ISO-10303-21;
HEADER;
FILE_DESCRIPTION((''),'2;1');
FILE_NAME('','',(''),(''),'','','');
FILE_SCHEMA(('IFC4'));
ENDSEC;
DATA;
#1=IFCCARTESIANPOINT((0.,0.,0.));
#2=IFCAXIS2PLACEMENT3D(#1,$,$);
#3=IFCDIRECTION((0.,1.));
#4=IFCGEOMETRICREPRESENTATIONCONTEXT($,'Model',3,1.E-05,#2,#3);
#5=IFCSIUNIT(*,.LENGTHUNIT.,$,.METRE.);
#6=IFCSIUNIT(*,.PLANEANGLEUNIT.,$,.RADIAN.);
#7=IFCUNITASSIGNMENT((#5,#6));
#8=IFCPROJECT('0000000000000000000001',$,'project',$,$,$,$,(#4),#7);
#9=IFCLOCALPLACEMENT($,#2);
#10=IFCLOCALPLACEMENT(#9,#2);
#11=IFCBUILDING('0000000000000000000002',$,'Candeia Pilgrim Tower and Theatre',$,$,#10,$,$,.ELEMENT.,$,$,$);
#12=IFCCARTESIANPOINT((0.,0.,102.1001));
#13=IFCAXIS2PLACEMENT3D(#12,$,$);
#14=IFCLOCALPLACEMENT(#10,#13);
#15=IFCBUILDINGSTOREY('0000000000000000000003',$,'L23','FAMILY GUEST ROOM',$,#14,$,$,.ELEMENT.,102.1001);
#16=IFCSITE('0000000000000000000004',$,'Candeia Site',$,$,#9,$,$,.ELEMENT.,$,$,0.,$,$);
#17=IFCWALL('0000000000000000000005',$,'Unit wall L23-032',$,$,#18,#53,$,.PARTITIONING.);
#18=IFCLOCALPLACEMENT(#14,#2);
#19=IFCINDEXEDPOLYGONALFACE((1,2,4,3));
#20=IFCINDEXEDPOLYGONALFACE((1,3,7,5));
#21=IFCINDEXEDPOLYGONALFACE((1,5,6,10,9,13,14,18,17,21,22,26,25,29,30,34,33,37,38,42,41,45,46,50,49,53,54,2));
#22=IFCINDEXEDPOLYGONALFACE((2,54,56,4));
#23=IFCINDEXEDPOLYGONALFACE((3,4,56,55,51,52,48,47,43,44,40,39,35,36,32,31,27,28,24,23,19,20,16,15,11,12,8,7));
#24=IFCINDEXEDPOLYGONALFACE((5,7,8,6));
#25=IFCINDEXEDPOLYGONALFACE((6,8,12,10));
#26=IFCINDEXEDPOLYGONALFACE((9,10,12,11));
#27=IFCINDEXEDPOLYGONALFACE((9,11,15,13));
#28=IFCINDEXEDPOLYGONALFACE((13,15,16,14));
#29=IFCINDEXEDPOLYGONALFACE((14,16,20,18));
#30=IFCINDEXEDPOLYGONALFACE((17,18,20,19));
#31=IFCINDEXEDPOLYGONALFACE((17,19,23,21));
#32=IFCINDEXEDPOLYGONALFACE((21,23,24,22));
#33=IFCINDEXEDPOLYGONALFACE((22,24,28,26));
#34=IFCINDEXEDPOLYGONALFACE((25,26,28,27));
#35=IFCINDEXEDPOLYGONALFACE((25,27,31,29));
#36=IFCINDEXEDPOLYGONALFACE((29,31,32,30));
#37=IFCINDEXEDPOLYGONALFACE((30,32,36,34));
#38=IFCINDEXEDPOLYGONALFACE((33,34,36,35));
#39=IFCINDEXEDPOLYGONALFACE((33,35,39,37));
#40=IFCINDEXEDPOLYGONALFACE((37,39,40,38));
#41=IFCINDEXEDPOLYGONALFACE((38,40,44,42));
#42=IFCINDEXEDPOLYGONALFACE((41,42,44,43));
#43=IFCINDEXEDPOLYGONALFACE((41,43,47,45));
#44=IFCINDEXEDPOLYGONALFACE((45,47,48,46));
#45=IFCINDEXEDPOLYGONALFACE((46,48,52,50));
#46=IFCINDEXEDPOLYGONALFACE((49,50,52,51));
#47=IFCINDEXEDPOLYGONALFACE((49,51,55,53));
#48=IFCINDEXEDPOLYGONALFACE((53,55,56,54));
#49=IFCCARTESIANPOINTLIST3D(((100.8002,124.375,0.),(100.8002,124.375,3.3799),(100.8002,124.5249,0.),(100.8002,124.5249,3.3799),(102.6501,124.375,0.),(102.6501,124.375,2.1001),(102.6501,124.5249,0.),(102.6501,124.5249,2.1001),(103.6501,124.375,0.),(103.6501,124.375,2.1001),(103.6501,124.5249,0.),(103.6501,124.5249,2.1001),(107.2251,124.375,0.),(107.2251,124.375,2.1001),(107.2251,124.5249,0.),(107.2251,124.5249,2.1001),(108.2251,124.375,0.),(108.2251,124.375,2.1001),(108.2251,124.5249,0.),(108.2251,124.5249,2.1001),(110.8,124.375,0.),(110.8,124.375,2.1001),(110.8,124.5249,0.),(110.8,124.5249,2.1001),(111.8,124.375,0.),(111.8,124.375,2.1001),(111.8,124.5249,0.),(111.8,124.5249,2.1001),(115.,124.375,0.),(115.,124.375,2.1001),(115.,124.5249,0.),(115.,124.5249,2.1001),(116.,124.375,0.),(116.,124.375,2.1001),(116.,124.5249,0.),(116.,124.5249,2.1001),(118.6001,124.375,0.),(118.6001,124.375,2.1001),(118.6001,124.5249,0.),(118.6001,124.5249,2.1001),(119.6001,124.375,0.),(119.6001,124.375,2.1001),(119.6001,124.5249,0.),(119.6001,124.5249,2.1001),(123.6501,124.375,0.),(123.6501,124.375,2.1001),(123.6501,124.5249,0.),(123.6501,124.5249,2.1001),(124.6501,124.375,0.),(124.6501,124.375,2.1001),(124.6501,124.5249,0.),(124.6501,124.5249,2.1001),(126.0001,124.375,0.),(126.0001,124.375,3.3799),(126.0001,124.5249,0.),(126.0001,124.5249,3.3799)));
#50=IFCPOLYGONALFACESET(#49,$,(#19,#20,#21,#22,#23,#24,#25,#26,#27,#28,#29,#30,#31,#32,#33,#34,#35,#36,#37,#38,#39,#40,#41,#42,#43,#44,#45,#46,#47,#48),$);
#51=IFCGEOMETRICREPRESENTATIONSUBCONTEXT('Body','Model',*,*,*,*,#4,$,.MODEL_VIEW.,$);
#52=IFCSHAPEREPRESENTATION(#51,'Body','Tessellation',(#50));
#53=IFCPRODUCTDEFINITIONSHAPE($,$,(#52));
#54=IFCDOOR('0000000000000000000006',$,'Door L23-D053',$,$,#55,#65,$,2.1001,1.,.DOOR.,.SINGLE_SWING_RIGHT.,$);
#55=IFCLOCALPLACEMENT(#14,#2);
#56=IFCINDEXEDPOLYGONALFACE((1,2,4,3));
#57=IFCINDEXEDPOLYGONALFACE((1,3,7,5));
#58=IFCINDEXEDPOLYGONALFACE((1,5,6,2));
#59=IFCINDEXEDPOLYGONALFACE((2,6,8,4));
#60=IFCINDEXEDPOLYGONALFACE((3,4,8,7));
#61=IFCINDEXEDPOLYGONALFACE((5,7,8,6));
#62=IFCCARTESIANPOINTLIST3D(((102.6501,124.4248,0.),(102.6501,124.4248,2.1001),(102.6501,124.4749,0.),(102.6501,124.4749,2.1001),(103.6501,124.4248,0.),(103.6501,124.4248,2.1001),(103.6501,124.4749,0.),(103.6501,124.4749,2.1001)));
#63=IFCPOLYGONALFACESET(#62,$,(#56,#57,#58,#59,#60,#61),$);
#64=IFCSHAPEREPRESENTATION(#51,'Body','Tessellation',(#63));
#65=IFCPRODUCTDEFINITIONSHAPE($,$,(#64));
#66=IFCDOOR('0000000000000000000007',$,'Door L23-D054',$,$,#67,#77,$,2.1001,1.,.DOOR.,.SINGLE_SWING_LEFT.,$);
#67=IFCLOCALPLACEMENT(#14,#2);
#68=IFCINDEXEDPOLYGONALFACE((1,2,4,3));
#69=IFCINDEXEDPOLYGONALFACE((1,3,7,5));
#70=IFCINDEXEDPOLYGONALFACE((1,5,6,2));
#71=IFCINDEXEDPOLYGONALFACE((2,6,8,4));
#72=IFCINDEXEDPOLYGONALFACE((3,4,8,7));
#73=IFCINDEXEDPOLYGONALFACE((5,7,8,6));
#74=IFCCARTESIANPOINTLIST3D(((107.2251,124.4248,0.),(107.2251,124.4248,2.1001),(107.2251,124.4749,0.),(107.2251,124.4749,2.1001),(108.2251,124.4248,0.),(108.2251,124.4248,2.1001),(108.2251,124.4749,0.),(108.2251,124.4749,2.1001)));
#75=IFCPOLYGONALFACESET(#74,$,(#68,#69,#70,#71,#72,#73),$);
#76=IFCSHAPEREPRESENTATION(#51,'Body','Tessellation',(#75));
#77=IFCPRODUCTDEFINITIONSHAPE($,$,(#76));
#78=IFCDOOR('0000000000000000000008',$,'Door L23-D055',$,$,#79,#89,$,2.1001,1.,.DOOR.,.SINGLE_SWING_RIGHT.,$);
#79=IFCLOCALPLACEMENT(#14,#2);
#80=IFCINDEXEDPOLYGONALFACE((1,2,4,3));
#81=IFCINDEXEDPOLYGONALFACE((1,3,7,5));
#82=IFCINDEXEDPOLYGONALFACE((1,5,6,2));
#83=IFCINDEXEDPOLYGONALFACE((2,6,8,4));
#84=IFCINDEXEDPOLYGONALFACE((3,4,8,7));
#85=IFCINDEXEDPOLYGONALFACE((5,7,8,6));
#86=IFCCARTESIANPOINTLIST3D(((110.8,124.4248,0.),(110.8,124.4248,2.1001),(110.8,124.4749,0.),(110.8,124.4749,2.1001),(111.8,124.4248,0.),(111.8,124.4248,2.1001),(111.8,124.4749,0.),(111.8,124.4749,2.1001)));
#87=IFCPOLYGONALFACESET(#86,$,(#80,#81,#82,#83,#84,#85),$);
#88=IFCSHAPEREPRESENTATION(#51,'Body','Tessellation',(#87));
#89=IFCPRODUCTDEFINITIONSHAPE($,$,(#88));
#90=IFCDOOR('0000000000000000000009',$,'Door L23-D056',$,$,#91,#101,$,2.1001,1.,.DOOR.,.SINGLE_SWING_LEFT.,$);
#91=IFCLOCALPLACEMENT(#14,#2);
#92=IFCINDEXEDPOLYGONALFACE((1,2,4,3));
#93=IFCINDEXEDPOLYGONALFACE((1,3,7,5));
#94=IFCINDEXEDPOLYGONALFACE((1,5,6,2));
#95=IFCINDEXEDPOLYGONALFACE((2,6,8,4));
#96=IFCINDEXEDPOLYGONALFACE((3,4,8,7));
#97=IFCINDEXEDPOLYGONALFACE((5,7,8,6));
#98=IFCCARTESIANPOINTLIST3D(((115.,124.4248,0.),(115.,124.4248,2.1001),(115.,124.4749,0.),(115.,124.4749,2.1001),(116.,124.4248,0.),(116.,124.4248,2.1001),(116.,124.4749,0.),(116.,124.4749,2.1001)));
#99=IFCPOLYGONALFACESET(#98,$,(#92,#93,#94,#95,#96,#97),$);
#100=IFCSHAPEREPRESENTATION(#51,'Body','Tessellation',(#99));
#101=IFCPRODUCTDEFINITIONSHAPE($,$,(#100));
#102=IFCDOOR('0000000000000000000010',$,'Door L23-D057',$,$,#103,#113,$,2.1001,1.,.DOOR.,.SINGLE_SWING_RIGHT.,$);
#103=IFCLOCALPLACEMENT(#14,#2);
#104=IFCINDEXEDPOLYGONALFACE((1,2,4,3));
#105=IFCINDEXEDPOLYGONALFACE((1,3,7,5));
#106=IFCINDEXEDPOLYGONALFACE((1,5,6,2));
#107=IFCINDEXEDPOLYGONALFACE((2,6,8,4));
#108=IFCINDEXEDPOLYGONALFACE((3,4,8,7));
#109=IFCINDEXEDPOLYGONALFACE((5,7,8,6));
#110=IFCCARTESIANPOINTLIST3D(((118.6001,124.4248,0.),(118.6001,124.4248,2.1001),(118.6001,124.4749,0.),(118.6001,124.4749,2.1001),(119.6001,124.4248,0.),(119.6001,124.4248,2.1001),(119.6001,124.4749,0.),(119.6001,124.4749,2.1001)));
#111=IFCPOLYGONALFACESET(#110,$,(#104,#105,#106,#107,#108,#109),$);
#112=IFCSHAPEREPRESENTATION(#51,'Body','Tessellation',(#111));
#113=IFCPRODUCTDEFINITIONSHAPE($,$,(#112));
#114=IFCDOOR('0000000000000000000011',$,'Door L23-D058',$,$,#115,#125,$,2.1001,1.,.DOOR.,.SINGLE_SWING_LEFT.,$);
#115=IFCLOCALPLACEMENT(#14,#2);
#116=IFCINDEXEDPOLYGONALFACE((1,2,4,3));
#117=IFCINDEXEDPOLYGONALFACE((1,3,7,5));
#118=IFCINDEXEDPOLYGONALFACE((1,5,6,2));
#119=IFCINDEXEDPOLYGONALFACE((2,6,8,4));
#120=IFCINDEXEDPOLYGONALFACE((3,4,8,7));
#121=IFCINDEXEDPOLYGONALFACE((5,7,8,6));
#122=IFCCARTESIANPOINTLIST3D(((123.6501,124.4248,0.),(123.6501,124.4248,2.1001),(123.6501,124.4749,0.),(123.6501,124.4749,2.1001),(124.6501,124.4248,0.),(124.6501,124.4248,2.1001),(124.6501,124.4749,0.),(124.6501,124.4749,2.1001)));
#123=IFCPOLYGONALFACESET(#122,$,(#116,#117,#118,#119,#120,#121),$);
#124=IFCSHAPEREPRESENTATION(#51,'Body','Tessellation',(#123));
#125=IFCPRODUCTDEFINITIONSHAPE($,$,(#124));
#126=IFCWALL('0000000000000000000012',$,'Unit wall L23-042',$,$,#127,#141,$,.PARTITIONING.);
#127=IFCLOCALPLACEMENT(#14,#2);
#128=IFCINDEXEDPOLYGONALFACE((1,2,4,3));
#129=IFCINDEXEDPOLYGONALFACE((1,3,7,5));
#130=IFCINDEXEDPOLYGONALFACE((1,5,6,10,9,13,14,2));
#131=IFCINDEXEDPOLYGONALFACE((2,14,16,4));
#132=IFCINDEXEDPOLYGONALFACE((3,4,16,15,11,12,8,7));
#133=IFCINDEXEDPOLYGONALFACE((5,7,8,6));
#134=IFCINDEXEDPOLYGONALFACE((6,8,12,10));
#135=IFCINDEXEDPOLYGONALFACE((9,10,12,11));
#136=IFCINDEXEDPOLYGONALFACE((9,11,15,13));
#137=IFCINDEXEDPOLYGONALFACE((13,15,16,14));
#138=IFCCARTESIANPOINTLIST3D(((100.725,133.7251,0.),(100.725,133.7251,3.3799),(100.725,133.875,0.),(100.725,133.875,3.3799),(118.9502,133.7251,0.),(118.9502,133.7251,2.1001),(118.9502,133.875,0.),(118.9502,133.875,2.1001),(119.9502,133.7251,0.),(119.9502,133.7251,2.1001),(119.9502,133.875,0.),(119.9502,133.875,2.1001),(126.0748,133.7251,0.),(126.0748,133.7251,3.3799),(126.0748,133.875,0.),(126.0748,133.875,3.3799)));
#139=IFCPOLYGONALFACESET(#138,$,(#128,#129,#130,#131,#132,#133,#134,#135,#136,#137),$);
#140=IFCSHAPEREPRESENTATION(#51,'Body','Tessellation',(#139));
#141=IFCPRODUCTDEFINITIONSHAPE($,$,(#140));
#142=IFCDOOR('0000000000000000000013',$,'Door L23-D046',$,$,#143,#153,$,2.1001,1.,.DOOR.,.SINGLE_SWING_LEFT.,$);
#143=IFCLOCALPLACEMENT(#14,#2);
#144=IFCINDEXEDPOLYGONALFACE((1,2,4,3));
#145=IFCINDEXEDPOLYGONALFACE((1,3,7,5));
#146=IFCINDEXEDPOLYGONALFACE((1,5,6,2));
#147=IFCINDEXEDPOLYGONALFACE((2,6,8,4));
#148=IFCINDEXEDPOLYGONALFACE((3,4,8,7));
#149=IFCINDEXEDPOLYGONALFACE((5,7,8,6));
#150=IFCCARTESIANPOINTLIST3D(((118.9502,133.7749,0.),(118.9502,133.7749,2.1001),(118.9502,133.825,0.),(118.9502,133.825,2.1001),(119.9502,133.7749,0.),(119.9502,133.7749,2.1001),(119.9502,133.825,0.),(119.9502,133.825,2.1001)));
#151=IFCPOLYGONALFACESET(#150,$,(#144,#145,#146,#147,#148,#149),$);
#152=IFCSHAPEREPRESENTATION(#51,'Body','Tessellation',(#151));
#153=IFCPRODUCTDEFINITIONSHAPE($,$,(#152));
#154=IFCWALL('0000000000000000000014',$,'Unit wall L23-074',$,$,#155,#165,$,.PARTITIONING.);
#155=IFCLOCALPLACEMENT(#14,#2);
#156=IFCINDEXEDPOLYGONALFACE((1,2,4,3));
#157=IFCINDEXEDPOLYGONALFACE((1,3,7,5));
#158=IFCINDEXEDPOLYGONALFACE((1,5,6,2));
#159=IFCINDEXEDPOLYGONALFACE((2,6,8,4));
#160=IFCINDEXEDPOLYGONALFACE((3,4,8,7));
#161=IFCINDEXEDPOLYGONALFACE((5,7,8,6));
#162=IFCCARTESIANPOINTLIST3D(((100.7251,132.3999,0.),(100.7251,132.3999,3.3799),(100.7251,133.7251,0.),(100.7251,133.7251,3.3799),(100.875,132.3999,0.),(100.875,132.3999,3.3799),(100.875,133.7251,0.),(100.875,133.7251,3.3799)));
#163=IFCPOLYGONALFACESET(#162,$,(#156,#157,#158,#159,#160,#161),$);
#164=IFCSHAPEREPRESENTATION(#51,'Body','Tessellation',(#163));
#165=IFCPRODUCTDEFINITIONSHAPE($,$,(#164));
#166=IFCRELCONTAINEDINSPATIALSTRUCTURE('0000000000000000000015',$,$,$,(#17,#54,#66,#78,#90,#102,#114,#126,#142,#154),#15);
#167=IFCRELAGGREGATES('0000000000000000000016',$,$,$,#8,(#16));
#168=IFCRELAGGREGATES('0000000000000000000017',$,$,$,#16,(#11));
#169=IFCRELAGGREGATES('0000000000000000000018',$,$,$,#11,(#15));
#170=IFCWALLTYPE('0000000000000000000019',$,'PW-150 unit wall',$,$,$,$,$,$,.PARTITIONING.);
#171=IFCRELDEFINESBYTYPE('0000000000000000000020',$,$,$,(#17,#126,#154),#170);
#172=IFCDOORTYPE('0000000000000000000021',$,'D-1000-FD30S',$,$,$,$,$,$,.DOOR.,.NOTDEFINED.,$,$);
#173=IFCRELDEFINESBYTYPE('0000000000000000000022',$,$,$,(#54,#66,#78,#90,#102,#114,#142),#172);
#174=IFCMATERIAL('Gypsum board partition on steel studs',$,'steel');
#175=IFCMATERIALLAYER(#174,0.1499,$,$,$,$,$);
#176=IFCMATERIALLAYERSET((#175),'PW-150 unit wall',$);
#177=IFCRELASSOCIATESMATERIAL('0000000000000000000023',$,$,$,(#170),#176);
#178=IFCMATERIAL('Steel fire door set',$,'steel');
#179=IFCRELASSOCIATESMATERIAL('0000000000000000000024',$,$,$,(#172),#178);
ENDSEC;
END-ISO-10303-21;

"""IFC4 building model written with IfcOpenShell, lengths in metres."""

from ifc_helpers import new_model, si_unit, direction, frame, frame_2d, origin, place, context, subcontext, project, spatial, rectangle, extrude, material, layer, layer_set, type_object, element, fill, save


model = new_model("IFC4")

# Units and contexts
model_context = context("Model", 3, precision=1e-05, world=origin(), true_north=direction((0.0, 1.0)))
body_context = subcontext(model_context, "Body", "Model", "MODEL_VIEW")
ifc_project = project(units=[si_unit("LENGTHUNIT", "METRE"), si_unit("PLANEANGLEUNIT", "RADIAN")], contexts=[model_context])

# Site, building, storey
site_placement = place(None, origin())
site = spatial("IfcSite", under=ifc_project, at=site_placement, Name="Candeia Site", CompositionType="ELEMENT", RefElevation=0.0)
building_placement = place(site_placement, origin())
building = spatial("IfcBuilding", under=site, at=building_placement, Name="Candeia Pilgrim Tower and Theatre", CompositionType="ELEMENT")
storey_placement = place(building_placement, frame((0.0, 0.0, 102.1001)))
storey = spatial("IfcBuildingStorey", under=building, at=storey_placement, Name="L23", Description="FAMILY GUEST ROOM", CompositionType="ELEMENT", Elevation=102.1001)

# Shared definitions
ifc_material_1 = material(Name="Steel fire door set", Category="steel")

# Shared definitions
ifc_material_2 = material(Name="Gypsum board partition on steel studs", Category="steel")
ifc_layer_1 = layer(ifc_material_2, 0.1499)
ifc_layer_set_1 = layer_set([ifc_layer_1], Name="PW-150 unit wall")
wall_type_1 = type_object("IfcWallType", Name="PW-150 unit wall", PredefinedType="PARTITIONING", material=ifc_layer_set_1)

# Wall, openings, doors
wall_1_placement = place(storey_placement, frame((100.8, 124.45, 0.0), z_axis=(0.0, 0.0, 1.0), x_axis=(1.0, 0.0, 0.0)))
wall_1 = element("IfcWall", 1, at=wall_1_placement, inside=storey, type_object=wall_type_1, Name="Unit wall L23-032", PredefinedType="PARTITIONING", context=body_context, shape_type="SweptSolid", body=[
    extrude(rectangle(XDim=25.2, YDim=0.1499, at=frame_2d((12.6001, 0.0))), origin(), (0.0, 0.0, 1.0), 3.3799),
])
opening_1_placement = place(wall_1_placement, frame((1.8501, 0.0, 0.0)))
opening_1 = element("IfcOpeningElement", 2, at=opening_1_placement, cuts=wall_1, PredefinedType="OPENING", context=body_context, shape_type="SweptSolid", body=[
    extrude(rectangle(XDim=1.0, YDim=2.1001, at=frame_2d((0.5, 1.05))), frame((0.0, 0.085, 0.0), z_axis=(0.0, -1.0, 0.0), x_axis=(1.0, 0.0, 0.0)), (0.0, 0.0, 1.0), 0.1699),
])
opening_2_placement = place(wall_1_placement, frame((6.425, 0.0, 0.0)))
opening_2 = element("IfcOpeningElement", 3, at=opening_2_placement, cuts=wall_1, PredefinedType="OPENING", context=body_context, shape_type="SweptSolid", body=[
    extrude(rectangle(XDim=1.0, YDim=2.1001, at=frame_2d((0.5, 1.05))), frame((0.0, 0.085, 0.0), z_axis=(0.0, -1.0, 0.0), x_axis=(1.0, 0.0, 0.0)), (0.0, 0.0, 1.0), 0.1699),
])
opening_3_placement = place(wall_1_placement, frame((10.0, 0.0, 0.0)))
opening_3 = element("IfcOpeningElement", 4, at=opening_3_placement, cuts=wall_1, PredefinedType="OPENING", context=body_context, shape_type="SweptSolid", body=[
    extrude(rectangle(XDim=1.0, YDim=2.1001, at=frame_2d((0.5, 1.05))), frame((0.0, 0.085, 0.0), z_axis=(0.0, -1.0, 0.0), x_axis=(1.0, 0.0, 0.0)), (0.0, 0.0, 1.0), 0.1699),
])
opening_4_placement = place(wall_1_placement, frame((14.2, 0.0, 0.0)))
opening_4 = element("IfcOpeningElement", 5, at=opening_4_placement, cuts=wall_1, PredefinedType="OPENING", context=body_context, shape_type="SweptSolid", body=[
    extrude(rectangle(XDim=1.0, YDim=2.1001, at=frame_2d((0.5, 1.05))), frame((0.0, 0.085, 0.0), z_axis=(0.0, -1.0, 0.0), x_axis=(1.0, 0.0, 0.0)), (0.0, 0.0, 1.0), 0.1699),
])
opening_5_placement = place(wall_1_placement, frame((17.8, 0.0, 0.0)))
opening_5 = element("IfcOpeningElement", 6, at=opening_5_placement, cuts=wall_1, PredefinedType="OPENING", context=body_context, shape_type="SweptSolid", body=[
    extrude(rectangle(XDim=1.0, YDim=2.1001, at=frame_2d((0.5, 1.05))), frame((0.0, 0.085, 0.0), z_axis=(0.0, -1.0, 0.0), x_axis=(1.0, 0.0, 0.0)), (0.0, 0.0, 1.0), 0.1699),
])
opening_6_placement = place(wall_1_placement, frame((22.8501, 0.0, 0.0)))
opening_6 = element("IfcOpeningElement", 7, at=opening_6_placement, cuts=wall_1, PredefinedType="OPENING", context=body_context, shape_type="SweptSolid", body=[
    extrude(rectangle(XDim=1.0, YDim=2.1001, at=frame_2d((0.5, 1.05))), frame((0.0, 0.085, 0.0), z_axis=(0.0, -1.0, 0.0), x_axis=(1.0, 0.0, 0.0)), (0.0, 0.0, 1.0), 0.1699),
])
door_type_1 = type_object("IfcDoorType", Name="D-1000-FD30S", OperationType="NOTDEFINED", PredefinedType="DOOR", material=ifc_material_1)
door_1_placement = place(opening_1_placement, origin())
door_1 = element("IfcDoor", 8, at=door_1_placement, inside=storey, type_object=door_type_1, Name="Door L23-D053", OperationType="SINGLE_SWING_RIGHT", OverallHeight=2.1001, OverallWidth=1.0, PredefinedType="DOOR", context=body_context, shape_type="SweptSolid", body=[
    extrude(rectangle(XDim=1.0, YDim=2.1001, at=frame_2d((0.5, 1.05))), frame((0.0, 0.0249, 0.0), z_axis=(0.0, -1.0, 0.0), x_axis=(1.0, 0.0, 0.0)), (0.0, 0.0, 1.0), 0.05),
])
fill(opening_1, door_1)
door_2_placement = place(opening_2_placement, origin())
door_2 = element("IfcDoor", 9, at=door_2_placement, inside=storey, type_object=door_type_1, Name="Door L23-D054", OperationType="SINGLE_SWING_LEFT", OverallHeight=2.1001, OverallWidth=1.0, PredefinedType="DOOR", context=body_context, shape_type="SweptSolid", body=[
    extrude(rectangle(XDim=1.0, YDim=2.1001, at=frame_2d((0.5, 1.05))), frame((0.0, 0.0249, 0.0), z_axis=(0.0, -1.0, 0.0), x_axis=(1.0, 0.0, 0.0)), (0.0, 0.0, 1.0), 0.05),
])
fill(opening_2, door_2)
door_3_placement = place(opening_3_placement, origin())
door_3 = element("IfcDoor", 10, at=door_3_placement, inside=storey, type_object=door_type_1, Name="Door L23-D055", OperationType="SINGLE_SWING_RIGHT", OverallHeight=2.1001, OverallWidth=1.0, PredefinedType="DOOR", context=body_context, shape_type="SweptSolid", body=[
    extrude(rectangle(XDim=1.0, YDim=2.1001, at=frame_2d((0.5, 1.05))), frame((0.0, 0.0249, 0.0), z_axis=(0.0, -1.0, 0.0), x_axis=(1.0, 0.0, 0.0)), (0.0, 0.0, 1.0), 0.05),
])
fill(opening_3, door_3)
door_4_placement = place(opening_4_placement, origin())
door_4 = element("IfcDoor", 11, at=door_4_placement, inside=storey, type_object=door_type_1, Name="Door L23-D056", OperationType="SINGLE_SWING_LEFT", OverallHeight=2.1001, OverallWidth=1.0, PredefinedType="DOOR", context=body_context, shape_type="SweptSolid", body=[
    extrude(rectangle(XDim=1.0, YDim=2.1001, at=frame_2d((0.5, 1.05))), frame((0.0, 0.0249, 0.0), z_axis=(0.0, -1.0, 0.0), x_axis=(1.0, 0.0, 0.0)), (0.0, 0.0, 1.0), 0.05),
])
fill(opening_4, door_4)
door_5_placement = place(opening_5_placement, origin())
door_5 = element("IfcDoor", 12, at=door_5_placement, inside=storey, type_object=door_type_1, Name="Door L23-D057", OperationType="SINGLE_SWING_RIGHT", OverallHeight=2.1001, OverallWidth=1.0, PredefinedType="DOOR", context=body_context, shape_type="SweptSolid", body=[
    extrude(rectangle(XDim=1.0, YDim=2.1001, at=frame_2d((0.5, 1.05))), frame((0.0, 0.0249, 0.0), z_axis=(0.0, -1.0, 0.0), x_axis=(1.0, 0.0, 0.0)), (0.0, 0.0, 1.0), 0.05),
])
fill(opening_5, door_5)
door_6_placement = place(opening_6_placement, origin())
door_6 = element("IfcDoor", 13, at=door_6_placement, inside=storey, type_object=door_type_1, Name="Door L23-D058", OperationType="SINGLE_SWING_LEFT", OverallHeight=2.1001, OverallWidth=1.0, PredefinedType="DOOR", context=body_context, shape_type="SweptSolid", body=[
    extrude(rectangle(XDim=1.0, YDim=2.1001, at=frame_2d((0.5, 1.05))), frame((0.0, 0.0249, 0.0), z_axis=(0.0, -1.0, 0.0), x_axis=(1.0, 0.0, 0.0)), (0.0, 0.0, 1.0), 0.05),
])
fill(opening_6, door_6)

# Wall, opening, door
wall_2_placement = place(storey_placement, frame((100.7251, 133.8, 0.0), z_axis=(0.0, 0.0, 1.0), x_axis=(1.0, 0.0, 0.0)))
wall_2 = element("IfcWall", 14, at=wall_2_placement, inside=storey, type_object=wall_type_1, Name="Unit wall L23-042", PredefinedType="PARTITIONING", context=body_context, shape_type="SweptSolid", body=[
    extrude(rectangle(XDim=25.3499, YDim=0.1499, at=frame_2d((12.6748, 0.0))), origin(), (0.0, 0.0, 1.0), 3.3799),
])
opening_7_placement = place(wall_2_placement, frame((18.2251, 0.0, 0.0)))
opening_7 = element("IfcOpeningElement", 15, at=opening_7_placement, cuts=wall_2, PredefinedType="OPENING", context=body_context, shape_type="SweptSolid", body=[
    extrude(rectangle(XDim=1.0, YDim=2.1001, at=frame_2d((0.5, 1.05))), frame((0.0, 0.085, 0.0), z_axis=(0.0, -1.0, 0.0), x_axis=(1.0, 0.0, 0.0)), (0.0, 0.0, 1.0), 0.1699),
])
door_7_placement = place(opening_7_placement, origin())
door_7 = element("IfcDoor", 16, at=door_7_placement, inside=storey, type_object=door_type_1, Name="Door L23-D046", OperationType="SINGLE_SWING_LEFT", OverallHeight=2.1001, OverallWidth=1.0, PredefinedType="DOOR", context=body_context, shape_type="SweptSolid", body=[
    extrude(rectangle(XDim=1.0, YDim=2.1001, at=frame_2d((0.5, 1.05))), frame((0.0, 0.0249, 0.0), z_axis=(0.0, -1.0, 0.0), x_axis=(1.0, 0.0, 0.0)), (0.0, 0.0, 1.0), 0.05),
])
fill(opening_7, door_7)

# Wall
wall_3_placement = place(storey_placement, frame((100.8, 132.3999, 0.0), z_axis=(0.0, 0.0, 1.0), x_axis=(0.0, 1.0, 0.0)))
element("IfcWall", 17, at=wall_3_placement, inside=storey, type_object=wall_type_1, Name="Unit wall L23-074", PredefinedType="PARTITIONING", context=body_context, shape_type="SweptSolid", body=[
    extrude(rectangle(XDim=1.3252, YDim=0.1499, at=frame_2d((0.6626, 0.0))), origin(), (0.0, 0.0, 1.0), 3.3799),
])

save(model, "model.ifc")
